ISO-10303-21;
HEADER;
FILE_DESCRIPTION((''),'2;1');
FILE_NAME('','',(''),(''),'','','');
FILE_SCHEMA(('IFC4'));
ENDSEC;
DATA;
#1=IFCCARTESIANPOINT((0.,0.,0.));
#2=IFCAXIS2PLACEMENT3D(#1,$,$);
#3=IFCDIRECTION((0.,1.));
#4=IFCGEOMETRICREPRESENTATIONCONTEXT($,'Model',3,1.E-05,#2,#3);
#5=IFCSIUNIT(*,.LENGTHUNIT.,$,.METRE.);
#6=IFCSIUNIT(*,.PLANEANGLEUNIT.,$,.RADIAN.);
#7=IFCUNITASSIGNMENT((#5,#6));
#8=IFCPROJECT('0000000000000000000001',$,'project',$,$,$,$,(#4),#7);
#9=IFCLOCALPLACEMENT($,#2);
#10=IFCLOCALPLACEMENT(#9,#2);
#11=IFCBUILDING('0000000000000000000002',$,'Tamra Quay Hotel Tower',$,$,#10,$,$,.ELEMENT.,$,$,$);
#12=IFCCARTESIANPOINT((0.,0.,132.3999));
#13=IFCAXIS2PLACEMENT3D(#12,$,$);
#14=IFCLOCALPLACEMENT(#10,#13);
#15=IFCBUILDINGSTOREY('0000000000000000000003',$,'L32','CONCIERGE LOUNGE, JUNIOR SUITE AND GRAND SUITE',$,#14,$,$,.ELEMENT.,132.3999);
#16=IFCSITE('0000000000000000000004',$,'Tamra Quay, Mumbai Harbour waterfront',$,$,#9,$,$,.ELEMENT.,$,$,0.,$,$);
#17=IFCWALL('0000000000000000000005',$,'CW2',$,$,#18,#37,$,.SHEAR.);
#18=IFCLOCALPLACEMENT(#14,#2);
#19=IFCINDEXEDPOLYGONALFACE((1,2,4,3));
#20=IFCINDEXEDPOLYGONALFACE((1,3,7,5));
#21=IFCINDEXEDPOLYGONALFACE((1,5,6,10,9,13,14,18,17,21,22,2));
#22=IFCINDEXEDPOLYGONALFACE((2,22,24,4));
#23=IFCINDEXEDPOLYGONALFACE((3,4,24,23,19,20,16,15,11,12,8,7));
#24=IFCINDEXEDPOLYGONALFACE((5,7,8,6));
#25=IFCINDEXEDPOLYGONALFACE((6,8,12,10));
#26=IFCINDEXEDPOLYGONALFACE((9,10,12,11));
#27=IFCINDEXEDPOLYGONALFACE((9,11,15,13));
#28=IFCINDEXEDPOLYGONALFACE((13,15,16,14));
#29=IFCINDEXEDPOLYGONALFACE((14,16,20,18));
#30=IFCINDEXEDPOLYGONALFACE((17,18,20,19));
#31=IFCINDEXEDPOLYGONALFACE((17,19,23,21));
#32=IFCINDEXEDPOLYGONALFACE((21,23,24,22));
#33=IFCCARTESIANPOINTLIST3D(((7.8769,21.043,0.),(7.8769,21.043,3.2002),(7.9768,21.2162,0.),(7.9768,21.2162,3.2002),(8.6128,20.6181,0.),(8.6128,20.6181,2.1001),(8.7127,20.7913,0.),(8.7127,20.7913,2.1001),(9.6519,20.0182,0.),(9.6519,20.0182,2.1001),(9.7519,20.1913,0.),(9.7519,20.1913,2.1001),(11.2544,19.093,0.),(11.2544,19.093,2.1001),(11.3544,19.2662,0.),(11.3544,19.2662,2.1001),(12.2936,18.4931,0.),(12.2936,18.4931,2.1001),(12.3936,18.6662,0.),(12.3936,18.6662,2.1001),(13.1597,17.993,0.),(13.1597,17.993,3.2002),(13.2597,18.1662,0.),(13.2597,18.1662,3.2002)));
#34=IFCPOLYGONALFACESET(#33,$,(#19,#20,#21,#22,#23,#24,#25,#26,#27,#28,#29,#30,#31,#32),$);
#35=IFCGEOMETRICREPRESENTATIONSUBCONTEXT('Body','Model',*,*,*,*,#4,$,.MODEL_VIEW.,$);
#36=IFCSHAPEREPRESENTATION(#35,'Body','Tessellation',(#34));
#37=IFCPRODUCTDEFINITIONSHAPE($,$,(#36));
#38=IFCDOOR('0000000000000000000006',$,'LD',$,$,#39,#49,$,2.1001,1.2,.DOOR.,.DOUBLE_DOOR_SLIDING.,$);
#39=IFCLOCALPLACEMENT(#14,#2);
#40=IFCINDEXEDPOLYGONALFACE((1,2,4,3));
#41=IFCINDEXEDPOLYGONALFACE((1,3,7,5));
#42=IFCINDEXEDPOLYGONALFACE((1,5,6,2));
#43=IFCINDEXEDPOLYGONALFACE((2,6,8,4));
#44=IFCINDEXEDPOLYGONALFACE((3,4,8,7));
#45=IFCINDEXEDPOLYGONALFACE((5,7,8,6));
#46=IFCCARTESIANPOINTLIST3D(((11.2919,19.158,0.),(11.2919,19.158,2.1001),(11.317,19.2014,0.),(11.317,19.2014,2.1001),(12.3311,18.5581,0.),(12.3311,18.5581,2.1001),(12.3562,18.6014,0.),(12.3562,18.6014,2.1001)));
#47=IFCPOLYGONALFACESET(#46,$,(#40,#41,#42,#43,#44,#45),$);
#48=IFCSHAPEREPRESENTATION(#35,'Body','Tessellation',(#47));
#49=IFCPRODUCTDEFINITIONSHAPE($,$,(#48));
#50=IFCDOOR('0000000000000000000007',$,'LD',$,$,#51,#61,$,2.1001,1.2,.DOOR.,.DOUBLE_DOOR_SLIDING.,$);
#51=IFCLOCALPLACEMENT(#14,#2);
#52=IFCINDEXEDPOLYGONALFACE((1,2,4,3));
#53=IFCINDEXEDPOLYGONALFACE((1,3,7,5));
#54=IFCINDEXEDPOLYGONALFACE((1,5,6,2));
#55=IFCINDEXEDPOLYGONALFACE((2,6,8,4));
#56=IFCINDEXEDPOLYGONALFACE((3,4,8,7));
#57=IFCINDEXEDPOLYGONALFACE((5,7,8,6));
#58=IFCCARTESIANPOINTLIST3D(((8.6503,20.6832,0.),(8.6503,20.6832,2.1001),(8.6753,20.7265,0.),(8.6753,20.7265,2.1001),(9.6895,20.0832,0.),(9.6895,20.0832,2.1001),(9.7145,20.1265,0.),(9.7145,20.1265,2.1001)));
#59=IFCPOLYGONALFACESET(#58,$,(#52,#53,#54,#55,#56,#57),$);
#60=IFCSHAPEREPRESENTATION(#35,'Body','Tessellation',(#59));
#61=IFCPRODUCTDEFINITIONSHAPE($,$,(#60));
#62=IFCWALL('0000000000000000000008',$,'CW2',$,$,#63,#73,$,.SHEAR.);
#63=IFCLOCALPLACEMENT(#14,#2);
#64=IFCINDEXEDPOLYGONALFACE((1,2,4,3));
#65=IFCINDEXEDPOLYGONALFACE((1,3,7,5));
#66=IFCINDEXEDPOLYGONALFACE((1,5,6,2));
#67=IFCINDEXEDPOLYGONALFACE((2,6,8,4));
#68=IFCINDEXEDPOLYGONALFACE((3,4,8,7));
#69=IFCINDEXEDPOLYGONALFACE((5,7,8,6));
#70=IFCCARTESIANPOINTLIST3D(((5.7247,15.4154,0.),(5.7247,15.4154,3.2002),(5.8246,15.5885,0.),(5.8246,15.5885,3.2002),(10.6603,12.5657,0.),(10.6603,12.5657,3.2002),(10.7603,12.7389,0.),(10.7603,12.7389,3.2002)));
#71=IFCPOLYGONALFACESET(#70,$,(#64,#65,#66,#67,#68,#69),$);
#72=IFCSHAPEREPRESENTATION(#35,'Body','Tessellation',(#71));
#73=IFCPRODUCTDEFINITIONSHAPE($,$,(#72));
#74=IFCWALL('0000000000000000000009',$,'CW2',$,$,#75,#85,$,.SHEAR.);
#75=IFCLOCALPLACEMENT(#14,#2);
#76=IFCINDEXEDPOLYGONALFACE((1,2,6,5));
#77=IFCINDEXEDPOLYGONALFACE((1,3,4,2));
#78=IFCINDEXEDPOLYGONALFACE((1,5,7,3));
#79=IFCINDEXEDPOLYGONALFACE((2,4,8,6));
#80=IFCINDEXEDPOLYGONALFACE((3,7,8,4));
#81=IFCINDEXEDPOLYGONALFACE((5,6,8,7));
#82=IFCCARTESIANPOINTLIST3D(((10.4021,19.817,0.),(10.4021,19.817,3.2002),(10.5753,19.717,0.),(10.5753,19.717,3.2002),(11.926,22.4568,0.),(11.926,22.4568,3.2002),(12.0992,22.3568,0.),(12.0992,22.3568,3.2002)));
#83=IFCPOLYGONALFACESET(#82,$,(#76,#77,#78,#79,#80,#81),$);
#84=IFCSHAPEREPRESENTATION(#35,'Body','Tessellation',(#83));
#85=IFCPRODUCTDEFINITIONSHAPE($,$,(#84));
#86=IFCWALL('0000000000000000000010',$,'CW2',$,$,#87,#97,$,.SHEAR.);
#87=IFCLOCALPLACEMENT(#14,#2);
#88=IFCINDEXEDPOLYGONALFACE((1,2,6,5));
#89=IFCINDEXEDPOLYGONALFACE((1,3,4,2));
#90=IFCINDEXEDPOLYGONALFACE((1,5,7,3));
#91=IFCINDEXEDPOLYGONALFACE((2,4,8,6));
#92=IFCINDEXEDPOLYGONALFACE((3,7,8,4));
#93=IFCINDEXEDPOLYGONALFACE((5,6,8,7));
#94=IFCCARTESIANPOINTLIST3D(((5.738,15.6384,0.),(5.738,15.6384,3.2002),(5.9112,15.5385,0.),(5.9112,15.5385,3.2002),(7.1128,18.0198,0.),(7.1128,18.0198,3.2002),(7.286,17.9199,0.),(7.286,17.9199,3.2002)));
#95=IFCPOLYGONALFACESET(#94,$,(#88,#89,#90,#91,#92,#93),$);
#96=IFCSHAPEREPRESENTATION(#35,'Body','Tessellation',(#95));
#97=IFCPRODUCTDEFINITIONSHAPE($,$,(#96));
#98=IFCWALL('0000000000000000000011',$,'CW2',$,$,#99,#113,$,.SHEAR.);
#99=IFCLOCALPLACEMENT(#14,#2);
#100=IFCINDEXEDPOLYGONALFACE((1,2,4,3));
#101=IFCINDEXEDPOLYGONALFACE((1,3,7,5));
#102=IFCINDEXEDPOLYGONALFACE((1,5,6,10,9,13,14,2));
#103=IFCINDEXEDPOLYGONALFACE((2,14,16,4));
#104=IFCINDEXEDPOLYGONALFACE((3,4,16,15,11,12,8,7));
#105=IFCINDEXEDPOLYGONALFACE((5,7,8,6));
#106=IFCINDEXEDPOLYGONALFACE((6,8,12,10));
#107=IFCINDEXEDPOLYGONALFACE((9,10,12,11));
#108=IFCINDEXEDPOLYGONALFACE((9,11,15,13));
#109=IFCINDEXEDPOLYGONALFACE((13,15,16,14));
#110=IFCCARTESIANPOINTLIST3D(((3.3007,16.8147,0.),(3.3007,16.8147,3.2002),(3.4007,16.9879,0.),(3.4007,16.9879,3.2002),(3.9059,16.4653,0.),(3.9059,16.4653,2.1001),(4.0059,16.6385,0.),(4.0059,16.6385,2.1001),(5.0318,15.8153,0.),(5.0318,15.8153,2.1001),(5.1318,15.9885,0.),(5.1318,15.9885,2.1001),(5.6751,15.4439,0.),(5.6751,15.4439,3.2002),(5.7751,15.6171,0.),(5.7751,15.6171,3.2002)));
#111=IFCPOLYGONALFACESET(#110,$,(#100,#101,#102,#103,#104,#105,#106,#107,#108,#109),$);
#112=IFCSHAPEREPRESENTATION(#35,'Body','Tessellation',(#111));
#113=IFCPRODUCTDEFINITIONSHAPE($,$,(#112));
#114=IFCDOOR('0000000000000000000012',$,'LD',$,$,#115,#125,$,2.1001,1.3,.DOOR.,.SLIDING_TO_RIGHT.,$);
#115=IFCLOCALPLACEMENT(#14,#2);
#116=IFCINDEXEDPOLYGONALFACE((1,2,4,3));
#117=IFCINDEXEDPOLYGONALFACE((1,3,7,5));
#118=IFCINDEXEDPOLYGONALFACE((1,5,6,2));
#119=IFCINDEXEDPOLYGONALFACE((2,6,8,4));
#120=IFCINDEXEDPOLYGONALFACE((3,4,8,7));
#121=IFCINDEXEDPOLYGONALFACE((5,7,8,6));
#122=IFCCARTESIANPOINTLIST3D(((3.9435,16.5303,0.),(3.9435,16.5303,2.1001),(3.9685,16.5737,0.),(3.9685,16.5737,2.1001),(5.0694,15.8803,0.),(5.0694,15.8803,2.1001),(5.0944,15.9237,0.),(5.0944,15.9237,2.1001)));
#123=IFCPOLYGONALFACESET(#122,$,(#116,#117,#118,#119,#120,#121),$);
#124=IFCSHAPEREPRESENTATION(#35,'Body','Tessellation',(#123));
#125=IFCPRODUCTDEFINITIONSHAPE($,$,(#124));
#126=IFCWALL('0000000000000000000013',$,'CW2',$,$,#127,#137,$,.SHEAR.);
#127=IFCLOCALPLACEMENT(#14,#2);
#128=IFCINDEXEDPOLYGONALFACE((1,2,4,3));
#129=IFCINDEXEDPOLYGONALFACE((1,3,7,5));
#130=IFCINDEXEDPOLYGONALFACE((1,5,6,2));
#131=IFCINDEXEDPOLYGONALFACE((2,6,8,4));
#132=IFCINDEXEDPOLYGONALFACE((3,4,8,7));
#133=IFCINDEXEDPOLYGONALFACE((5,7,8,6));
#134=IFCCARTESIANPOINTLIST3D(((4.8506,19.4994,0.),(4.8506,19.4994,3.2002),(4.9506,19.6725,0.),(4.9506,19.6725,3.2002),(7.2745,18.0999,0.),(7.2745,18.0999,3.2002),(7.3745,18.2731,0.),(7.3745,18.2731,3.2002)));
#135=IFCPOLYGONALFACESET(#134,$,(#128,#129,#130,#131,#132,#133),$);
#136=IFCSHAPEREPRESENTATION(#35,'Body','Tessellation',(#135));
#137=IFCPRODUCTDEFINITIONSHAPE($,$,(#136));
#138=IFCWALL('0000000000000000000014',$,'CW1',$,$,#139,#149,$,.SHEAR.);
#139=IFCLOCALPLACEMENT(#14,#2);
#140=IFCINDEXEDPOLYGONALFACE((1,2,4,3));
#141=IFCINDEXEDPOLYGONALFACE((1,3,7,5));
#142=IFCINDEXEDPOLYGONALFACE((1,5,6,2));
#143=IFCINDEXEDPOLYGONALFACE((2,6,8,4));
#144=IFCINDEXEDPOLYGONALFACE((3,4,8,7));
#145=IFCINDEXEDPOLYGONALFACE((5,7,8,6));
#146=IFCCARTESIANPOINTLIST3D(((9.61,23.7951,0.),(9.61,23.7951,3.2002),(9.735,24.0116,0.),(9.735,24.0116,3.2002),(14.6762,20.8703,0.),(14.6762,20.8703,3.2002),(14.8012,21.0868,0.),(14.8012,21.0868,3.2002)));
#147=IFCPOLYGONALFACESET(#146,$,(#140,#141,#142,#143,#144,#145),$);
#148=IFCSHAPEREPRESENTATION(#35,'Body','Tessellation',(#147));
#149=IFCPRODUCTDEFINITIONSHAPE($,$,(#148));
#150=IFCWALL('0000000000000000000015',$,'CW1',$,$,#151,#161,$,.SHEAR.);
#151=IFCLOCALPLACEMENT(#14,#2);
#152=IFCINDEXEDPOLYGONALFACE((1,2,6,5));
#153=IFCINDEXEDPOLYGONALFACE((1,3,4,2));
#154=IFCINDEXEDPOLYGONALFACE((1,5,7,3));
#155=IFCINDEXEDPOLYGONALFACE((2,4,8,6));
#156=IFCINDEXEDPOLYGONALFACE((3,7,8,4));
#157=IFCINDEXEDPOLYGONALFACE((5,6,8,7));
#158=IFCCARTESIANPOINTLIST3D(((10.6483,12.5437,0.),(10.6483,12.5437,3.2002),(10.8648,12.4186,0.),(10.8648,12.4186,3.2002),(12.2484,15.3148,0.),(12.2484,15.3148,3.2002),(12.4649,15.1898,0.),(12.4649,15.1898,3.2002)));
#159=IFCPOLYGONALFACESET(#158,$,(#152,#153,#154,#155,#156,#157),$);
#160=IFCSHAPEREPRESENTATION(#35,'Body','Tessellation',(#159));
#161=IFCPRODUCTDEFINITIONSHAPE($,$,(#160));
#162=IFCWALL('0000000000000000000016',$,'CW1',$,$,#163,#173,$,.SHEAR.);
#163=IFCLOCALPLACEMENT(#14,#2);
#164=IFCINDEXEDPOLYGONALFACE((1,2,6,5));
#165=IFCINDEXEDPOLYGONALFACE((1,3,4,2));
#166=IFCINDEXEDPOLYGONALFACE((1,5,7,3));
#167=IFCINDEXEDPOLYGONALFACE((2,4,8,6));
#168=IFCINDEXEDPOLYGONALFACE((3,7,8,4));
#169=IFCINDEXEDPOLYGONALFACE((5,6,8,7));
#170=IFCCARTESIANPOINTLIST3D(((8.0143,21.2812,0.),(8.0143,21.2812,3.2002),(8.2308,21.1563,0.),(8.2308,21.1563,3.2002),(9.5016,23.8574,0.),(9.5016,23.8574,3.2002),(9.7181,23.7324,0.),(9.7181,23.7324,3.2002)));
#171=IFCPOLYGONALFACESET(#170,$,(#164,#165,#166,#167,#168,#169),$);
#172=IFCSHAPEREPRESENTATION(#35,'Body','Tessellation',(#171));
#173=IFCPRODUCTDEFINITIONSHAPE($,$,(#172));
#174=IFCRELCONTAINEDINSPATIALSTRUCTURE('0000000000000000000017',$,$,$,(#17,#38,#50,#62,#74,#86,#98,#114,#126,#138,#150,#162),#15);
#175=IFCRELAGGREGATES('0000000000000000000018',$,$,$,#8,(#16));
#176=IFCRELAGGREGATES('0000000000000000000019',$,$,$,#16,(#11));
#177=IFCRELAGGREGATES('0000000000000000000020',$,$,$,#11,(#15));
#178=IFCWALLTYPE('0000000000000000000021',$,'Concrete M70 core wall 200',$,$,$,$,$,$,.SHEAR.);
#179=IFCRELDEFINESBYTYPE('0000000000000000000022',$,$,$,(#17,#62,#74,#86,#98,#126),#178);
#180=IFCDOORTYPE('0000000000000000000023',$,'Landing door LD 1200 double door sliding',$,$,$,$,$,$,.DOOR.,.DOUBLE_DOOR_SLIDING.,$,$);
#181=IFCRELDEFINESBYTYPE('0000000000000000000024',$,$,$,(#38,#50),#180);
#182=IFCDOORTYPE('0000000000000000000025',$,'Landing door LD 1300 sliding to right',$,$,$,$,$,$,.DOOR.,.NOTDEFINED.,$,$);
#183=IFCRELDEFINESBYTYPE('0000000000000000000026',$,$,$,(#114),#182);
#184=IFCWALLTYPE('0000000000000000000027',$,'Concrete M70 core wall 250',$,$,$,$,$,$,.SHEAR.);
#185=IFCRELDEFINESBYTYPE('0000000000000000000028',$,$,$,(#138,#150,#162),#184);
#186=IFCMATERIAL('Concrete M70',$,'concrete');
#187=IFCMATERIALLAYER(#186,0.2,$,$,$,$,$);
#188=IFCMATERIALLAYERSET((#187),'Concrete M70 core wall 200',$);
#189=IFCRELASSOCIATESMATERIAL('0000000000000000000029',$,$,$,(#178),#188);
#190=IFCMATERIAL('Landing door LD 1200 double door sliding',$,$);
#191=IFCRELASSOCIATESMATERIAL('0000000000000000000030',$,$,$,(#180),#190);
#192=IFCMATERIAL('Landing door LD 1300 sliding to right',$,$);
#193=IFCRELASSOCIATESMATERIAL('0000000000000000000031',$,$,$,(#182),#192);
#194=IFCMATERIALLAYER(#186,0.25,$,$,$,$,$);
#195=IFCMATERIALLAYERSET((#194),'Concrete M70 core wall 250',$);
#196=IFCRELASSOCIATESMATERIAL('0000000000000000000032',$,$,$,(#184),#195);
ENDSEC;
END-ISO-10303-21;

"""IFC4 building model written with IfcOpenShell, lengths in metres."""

from ifc_helpers import new_model, si_unit, direction, frame, frame_2d, origin, place, context, subcontext, project, spatial, rectangle, extrude, material, layer, layer_set, type_object, element, fill, save


model = new_model("IFC4")

# Units and contexts
model_context = context("Model", 3, precision=1e-05, world=origin(), true_north=direction((0.0, 1.0)))
body_context = subcontext(model_context, "Body", "Model", "MODEL_VIEW")
ifc_project = project(units=[si_unit("LENGTHUNIT", "METRE"), si_unit("PLANEANGLEUNIT", "RADIAN")], contexts=[model_context])

# Site, building, storey
site_placement = place(None, origin())
site = spatial("IfcSite", under=ifc_project, at=site_placement, Name="Tamra Quay, Mumbai Harbour waterfront", CompositionType="ELEMENT", RefElevation=0.0)
building_placement = place(site_placement, origin())
building = spatial("IfcBuilding", under=site, at=building_placement, Name="Tamra Quay Hotel Tower", CompositionType="ELEMENT")
storey_placement = place(building_placement, frame((0.0, 0.0, 132.3999)))
storey = spatial("IfcBuildingStorey", under=building, at=storey_placement, Name="L32", Description="CONCIERGE LOUNGE, JUNIOR SUITE AND GRAND SUITE", CompositionType="ELEMENT", Elevation=132.3999)

# Shared definitions
ifc_material_1 = material(Name="Concrete M70", Category="concrete")

# Wall, openings, doors
ifc_layer_1 = layer(ifc_material_1, 0.2)
ifc_layer_set_1 = layer_set([ifc_layer_1], Name="Concrete M70 core wall 200")
wall_type_1 = type_object("IfcWallType", Name="Concrete M70 core wall 200", PredefinedType="SHEAR", material=ifc_layer_set_1)
wall_1_placement = place(storey_placement, frame((13.2097, 18.0796, 0.0), z_axis=(0.0, 0.0, 1.0), x_axis=(-0.86603, 0.499992, 0.0)))
wall_1 = element("IfcWall", 1, at=wall_1_placement, inside=storey, type_object=wall_type_1, Name="CW2", PredefinedType="SHEAR", context=body_context, shape_type="SweptSolid", body=[
    extrude(rectangle(XDim=6.1001, YDim=0.2, at=frame_2d((3.05, 0.0))), origin(), (0.0, 0.0, 1.0), 3.2002),
])
opening_1_placement = place(wall_1_placement, frame((1.0, 0.0, 0.0)))
opening_1 = element("IfcOpeningElement", 2, at=opening_1_placement, cuts=wall_1, PredefinedType="OPENING", context=body_context, shape_type="SweptSolid", body=[
    extrude(rectangle(XDim=1.2, YDim=2.1001, at=frame_2d((0.6001, 1.05))), frame((0.0, 0.1099, 0.0), z_axis=(0.0, -1.0, 0.0), x_axis=(1.0, 0.0, 0.0)), (0.0, 0.0, 1.0), 0.22),
])
opening_2_placement = place(wall_1_placement, frame((4.0503, 0.0, 0.0)))
opening_2 = element("IfcOpeningElement", 3, at=opening_2_placement, cuts=wall_1, PredefinedType="OPENING", context=body_context, shape_type="SweptSolid", body=[
    extrude(rectangle(XDim=1.2, YDim=2.1001, at=frame_2d((0.6001, 1.05))), frame((0.0, 0.1099, 0.0), z_axis=(0.0, -1.0, 0.0), x_axis=(1.0, 0.0, 0.0)), (0.0, 0.0, 1.0), 0.22),
])
ifc_material_2 = material(Name="Landing door LD 1200 double door sliding")
door_type_1 = type_object("IfcDoorType", Name="Landing door LD 1200 double door sliding", OperationType="DOUBLE_DOOR_SLIDING", PredefinedType="DOOR", material=ifc_material_2)
door_1_placement = place(opening_1_placement, origin())
door_1 = element("IfcDoor", 4, at=door_1_placement, inside=storey, type_object=door_type_1, Name="LD", OperationType="DOUBLE_DOOR_SLIDING", OverallHeight=2.1001, OverallWidth=1.2, PredefinedType="DOOR", context=body_context, shape_type="SweptSolid", body=[
    extrude(rectangle(XDim=1.2, YDim=2.1001, at=frame_2d((0.6001, 1.05))), frame((0.0, 0.0249, 0.0), z_axis=(0.0, -1.0, 0.0), x_axis=(1.0, 0.0, 0.0)), (0.0, 0.0, 1.0), 0.05),
])
fill(opening_1, door_1)
door_2_placement = place(opening_2_placement, origin())
door_2 = element("IfcDoor", 5, at=door_2_placement, inside=storey, type_object=door_type_1, Name="LD", OperationType="DOUBLE_DOOR_SLIDING", OverallHeight=2.1001, OverallWidth=1.2, PredefinedType="DOOR", context=body_context, shape_type="SweptSolid", body=[
    extrude(rectangle(XDim=1.2, YDim=2.1001, at=frame_2d((0.6001, 1.05))), frame((0.0, 0.0249, 0.0), z_axis=(0.0, -1.0, 0.0), x_axis=(1.0, 0.0, 0.0)), (0.0, 0.0, 1.0), 0.05),
])
fill(opening_2, door_2)

# Walls
wall_2_placement = place(storey_placement, frame((5.7747, 15.502, 0.0), z_axis=(0.0, 0.0, 1.0), x_axis=(0.86602, -0.500009, 0.0)))
element("IfcWall", 6, at=wall_2_placement, inside=storey, type_object=wall_type_1, Name="CW2", PredefinedType="SHEAR", context=body_context, shape_type="SweptSolid", body=[
    extrude(rectangle(XDim=5.6992, YDim=0.2, at=frame_2d((2.8496, 0.0))), origin(), (0.0, 0.0, 1.0), 3.2002),
])
wall_3_placement = place(storey_placement, frame((10.4888, 19.7671, 0.0), z_axis=(0.0, 0.0, 1.0), x_axis=(0.499947, 0.866056, 0.0)))
element("IfcWall", 7, at=wall_3_placement, inside=storey, type_object=wall_type_1, Name="CW2", PredefinedType="SHEAR", context=body_context, shape_type="SweptSolid", body=[
    extrude(rectangle(XDim=3.0481, YDim=0.2, at=frame_2d((1.5239, 0.0))), origin(), (0.0, 0.0, 1.0), 3.2002),
])
wall_4_placement = place(storey_placement, frame((7.1995, 17.97, 0.0), z_axis=(0.0, 0.0, 1.0), x_axis=(-0.499968, -0.866044, 0.0)))
element("IfcWall", 8, at=wall_4_placement, inside=storey, type_object=wall_type_1, Name="CW2", PredefinedType="SHEAR", context=body_context, shape_type="SweptSolid", body=[
    extrude(rectangle(XDim=2.7498, YDim=0.2, at=frame_2d((1.375, 0.0))), origin(), (0.0, 0.0, 1.0), 3.2002),
])

# Wall, opening, door
wall_5_placement = place(storey_placement, frame((5.7251, 15.5305, 0.0), z_axis=(0.0, 0.0, 1.0), x_axis=(-0.866037, 0.499979, 0.0)))
wall_5 = element("IfcWall", 9, at=wall_5_placement, inside=storey, type_object=wall_type_1, Name="CW2", PredefinedType="SHEAR", context=body_context, shape_type="SweptSolid", body=[
    extrude(rectangle(XDim=2.7417, YDim=0.2, at=frame_2d((1.3708, 0.0))), origin(), (0.0, 0.0, 1.0), 3.2002),
])
opening_3_placement = place(wall_5_placement, frame((0.7429, 0.0, 0.0)))
opening_3 = element("IfcOpeningElement", 10, at=opening_3_placement, cuts=wall_5, PredefinedType="OPENING", context=body_context, shape_type="SweptSolid", body=[
    extrude(rectangle(XDim=1.3, YDim=2.1001, at=frame_2d((0.6499, 1.05))), frame((0.0, 0.1099, 0.0), z_axis=(0.0, -1.0, 0.0), x_axis=(1.0, 0.0, 0.0)), (0.0, 0.0, 1.0), 0.22),
])
ifc_material_3 = material(Name="Landing door LD 1300 sliding to right")
door_type_2 = type_object("IfcDoorType", Name="Landing door LD 1300 sliding to right", OperationType="NOTDEFINED", PredefinedType="DOOR", material=ifc_material_3)
door_3_placement = place(opening_3_placement, origin())
door_3 = element("IfcDoor", 11, at=door_3_placement, inside=storey, type_object=door_type_2, Name="LD", OperationType="SLIDING_TO_RIGHT", OverallHeight=2.1001, OverallWidth=1.3, PredefinedType="DOOR", context=body_context, shape_type="SweptSolid", body=[
    extrude(rectangle(XDim=1.3, YDim=2.1001, at=frame_2d((0.6499, 1.05))), frame((0.0, 0.0249, 0.0), z_axis=(0.0, -1.0, 0.0), x_axis=(1.0, 0.0, 0.0)), (0.0, 0.0, 1.0), 0.05),
])
fill(opening_3, door_3)

# Walls
wall_6_placement = place(storey_placement, frame((4.9006, 19.5859, 0.0), z_axis=(0.0, 0.0, 1.0), x_axis=(0.866023, -0.500004, 0.0)))
element("IfcWall", 12, at=wall_6_placement, inside=storey, type_object=wall_type_1, Name="CW2", PredefinedType="SHEAR", context=body_context, shape_type="SweptSolid", body=[
    extrude(rectangle(XDim=2.7988, YDim=0.2, at=frame_2d((1.3994, 0.0))), origin(), (0.0, 0.0, 1.0), 3.2002),
])
ifc_layer_2 = layer(ifc_material_1, 0.25)
ifc_layer_set_2 = layer_set([ifc_layer_2], Name="Concrete M70 core wall 250")
wall_type_2 = type_object("IfcWallType", Name="Concrete M70 core wall 250", PredefinedType="SHEAR", material=ifc_layer_set_2)
wall_7_placement = place(storey_placement, frame((9.6726, 23.9033, 0.0), z_axis=(0.0, 0.0, 1.0), x_axis=(0.866036, -0.499981, 0.0)))
element("IfcWall", 13, at=wall_7_placement, inside=storey, type_object=wall_type_2, Name="CW1", PredefinedType="SHEAR", context=body_context, shape_type="SweptSolid", body=[
    extrude(rectangle(XDim=5.8499, YDim=0.25, at=frame_2d((2.9248, 0.0))), origin(), (0.0, 0.0, 1.0), 3.2002),
])
wall_8_placement = place(storey_placement, frame((12.3567, 15.2524, 0.0), z_axis=(0.0, 0.0, 1.0), x_axis=(-0.500028, -0.866009, 0.0)))
element("IfcWall", 14, at=wall_8_placement, inside=storey, type_object=wall_type_2, Name="CW1", PredefinedType="SHEAR", context=body_context, shape_type="SweptSolid", body=[
    extrude(rectangle(XDim=3.2, YDim=0.25, at=frame_2d((1.6001, 0.0))), origin(), (0.0, 0.0, 1.0), 3.2002),
])
wall_9_placement = place(storey_placement, frame((8.1226, 21.2188, 0.0), z_axis=(0.0, 0.0, 1.0), x_axis=(0.499988, 0.866033, 0.0)))
element("IfcWall", 15, at=wall_9_placement, inside=storey, type_object=wall_type_2, Name="CW1", PredefinedType="SHEAR", context=body_context, shape_type="SweptSolid", body=[
    extrude(rectangle(XDim=2.9746, YDim=0.25, at=frame_2d((1.4873, 0.0))), origin(), (0.0, 0.0, 1.0), 3.2002),
])

save(model, "model.ifc")
